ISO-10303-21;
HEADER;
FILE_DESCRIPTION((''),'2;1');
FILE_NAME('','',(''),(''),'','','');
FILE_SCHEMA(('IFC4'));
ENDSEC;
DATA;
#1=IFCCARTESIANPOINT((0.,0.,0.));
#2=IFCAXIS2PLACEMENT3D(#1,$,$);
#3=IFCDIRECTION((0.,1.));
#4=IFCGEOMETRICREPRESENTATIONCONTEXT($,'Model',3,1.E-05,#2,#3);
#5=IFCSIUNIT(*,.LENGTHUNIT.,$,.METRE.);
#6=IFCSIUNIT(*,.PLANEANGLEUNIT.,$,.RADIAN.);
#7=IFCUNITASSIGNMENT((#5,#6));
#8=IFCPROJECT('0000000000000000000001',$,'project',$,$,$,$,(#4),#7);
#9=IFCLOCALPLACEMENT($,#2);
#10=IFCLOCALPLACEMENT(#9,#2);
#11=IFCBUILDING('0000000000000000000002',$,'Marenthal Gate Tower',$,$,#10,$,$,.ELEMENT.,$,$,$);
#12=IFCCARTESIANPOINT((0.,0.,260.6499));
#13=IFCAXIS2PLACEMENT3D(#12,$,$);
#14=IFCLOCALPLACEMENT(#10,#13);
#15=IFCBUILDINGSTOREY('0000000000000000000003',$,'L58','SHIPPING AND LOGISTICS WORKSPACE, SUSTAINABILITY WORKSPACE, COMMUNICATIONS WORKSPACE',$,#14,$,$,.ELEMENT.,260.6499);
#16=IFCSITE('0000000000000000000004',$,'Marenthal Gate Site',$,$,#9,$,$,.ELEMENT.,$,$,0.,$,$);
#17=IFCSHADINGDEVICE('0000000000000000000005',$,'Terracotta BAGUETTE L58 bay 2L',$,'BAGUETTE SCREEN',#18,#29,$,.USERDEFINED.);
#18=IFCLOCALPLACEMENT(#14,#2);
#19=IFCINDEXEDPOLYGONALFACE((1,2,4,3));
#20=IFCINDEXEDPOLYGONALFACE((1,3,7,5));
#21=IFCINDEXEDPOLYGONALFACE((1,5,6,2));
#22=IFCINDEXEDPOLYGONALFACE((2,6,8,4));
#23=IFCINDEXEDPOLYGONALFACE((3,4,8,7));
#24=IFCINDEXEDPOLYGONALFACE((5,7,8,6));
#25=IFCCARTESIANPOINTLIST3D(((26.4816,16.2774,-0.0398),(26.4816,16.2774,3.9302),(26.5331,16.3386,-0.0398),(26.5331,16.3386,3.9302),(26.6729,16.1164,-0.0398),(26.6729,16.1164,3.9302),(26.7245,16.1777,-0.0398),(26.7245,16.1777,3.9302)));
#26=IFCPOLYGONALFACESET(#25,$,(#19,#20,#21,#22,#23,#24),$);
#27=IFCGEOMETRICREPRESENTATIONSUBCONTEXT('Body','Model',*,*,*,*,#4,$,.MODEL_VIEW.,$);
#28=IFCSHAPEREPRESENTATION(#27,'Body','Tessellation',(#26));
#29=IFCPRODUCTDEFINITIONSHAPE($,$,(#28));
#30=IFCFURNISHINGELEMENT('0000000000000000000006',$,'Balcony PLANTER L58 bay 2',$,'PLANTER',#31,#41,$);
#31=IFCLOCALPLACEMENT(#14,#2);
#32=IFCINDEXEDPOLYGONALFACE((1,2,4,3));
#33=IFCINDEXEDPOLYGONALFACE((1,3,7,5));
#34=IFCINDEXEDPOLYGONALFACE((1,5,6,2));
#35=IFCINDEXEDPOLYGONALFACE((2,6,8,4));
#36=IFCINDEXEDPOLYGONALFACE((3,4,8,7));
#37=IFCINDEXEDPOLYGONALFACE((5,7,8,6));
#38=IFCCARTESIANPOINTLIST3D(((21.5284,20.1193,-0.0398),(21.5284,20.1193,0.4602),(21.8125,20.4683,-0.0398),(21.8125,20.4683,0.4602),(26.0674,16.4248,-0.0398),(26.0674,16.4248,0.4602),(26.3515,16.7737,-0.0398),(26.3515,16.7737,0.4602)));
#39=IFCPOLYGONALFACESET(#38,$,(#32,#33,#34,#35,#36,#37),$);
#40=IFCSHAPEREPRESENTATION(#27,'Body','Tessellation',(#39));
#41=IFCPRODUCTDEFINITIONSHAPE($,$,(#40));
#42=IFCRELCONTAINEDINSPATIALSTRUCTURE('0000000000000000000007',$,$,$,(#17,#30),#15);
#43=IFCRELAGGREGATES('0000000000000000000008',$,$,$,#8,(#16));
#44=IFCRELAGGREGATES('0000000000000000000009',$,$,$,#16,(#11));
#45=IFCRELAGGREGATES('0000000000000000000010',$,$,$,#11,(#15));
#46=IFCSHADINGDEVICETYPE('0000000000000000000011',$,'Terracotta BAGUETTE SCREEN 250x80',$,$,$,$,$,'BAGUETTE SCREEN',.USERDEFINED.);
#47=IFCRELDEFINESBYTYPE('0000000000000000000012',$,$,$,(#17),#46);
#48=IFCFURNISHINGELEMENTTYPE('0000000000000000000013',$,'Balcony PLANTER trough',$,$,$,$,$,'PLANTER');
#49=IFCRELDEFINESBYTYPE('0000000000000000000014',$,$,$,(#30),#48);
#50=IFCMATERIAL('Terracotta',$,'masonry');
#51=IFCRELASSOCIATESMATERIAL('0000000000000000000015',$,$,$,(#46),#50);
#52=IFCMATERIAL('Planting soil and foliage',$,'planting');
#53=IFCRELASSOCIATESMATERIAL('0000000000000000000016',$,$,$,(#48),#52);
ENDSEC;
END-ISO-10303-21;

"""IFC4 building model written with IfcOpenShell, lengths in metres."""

from ifc_helpers import new_model, si_unit, direction, frame, origin, origin_2d, place, context, subcontext, project, spatial, rectangle, extrude, material, material_profile, profile_set, type_object, element, save


model = new_model("IFC4")

# Units and contexts
model_context = context("Model", 3, precision=1e-05, world=origin(), true_north=direction((0.0, 1.0)))
body_context = subcontext(model_context, "Body", "Model", "MODEL_VIEW")
ifc_project = project(units=[si_unit("LENGTHUNIT", "METRE"), si_unit("PLANEANGLEUNIT", "RADIAN")], contexts=[model_context])

# Site, building, storey
site_placement = place(None, origin())
site = spatial("IfcSite", under=ifc_project, at=site_placement, Name="Marenthal Gate Site", CompositionType="ELEMENT", RefElevation=0.0)
building_placement = place(site_placement, origin())
building = spatial("IfcBuilding", under=site, at=building_placement, Name="Marenthal Gate Tower", CompositionType="ELEMENT")
storey_placement = place(building_placement, frame((0.0, 0.0, 260.6499)))
storey = spatial("IfcBuildingStorey", under=building, at=storey_placement, Name="L58", Description="SHIPPING AND LOGISTICS WORKSPACE, SUSTAINABILITY WORKSPACE, COMMUNICATIONS WORKSPACE", CompositionType="ELEMENT", Elevation=260.6499)

# Shading device
ifc_material_1 = material(Name="Terracotta", Category="masonry")
ifc_material_profile_1 = material_profile(ifc_material_1, rectangle(XDim=0.25, YDim=0.0801, at=origin_2d()), Name="Terracotta baguette 250x80")
ifc_profile_set_1 = profile_set([ifc_material_profile_1], Name="Terracotta")
shading_device_type = type_object("IfcShadingDeviceType", Name="Terracotta BAGUETTE SCREEN 250x80", ElementType="BAGUETTE SCREEN", PredefinedType="USERDEFINED", material=ifc_profile_set_1)
shading_device_placement = place(storey_placement, frame((26.603, 16.2275, -0.0398), z_axis=(0.0, 0.0, 1.0), x_axis=(-0.765301, 0.643672, 0.0)))
element("IfcShadingDevice", 1, at=shading_device_placement, inside=storey, type_object=shading_device_type, Name="Terracotta BAGUETTE L58 bay 2L", ObjectType="BAGUETTE SCREEN", PredefinedType="USERDEFINED", context=body_context, shape_type="SweptSolid", body=[
    extrude(rectangle(XDim=0.25, YDim=0.0801, at=origin_2d()), origin(), (0.0, 0.0, 1.0), 3.97),
])

# Furnishing element
ifc_material_2 = material(Name="Planting soil and foliage", Category="planting")
furnishing_element_type = type_object("IfcFurnishingElementType", Name="Balcony PLANTER trough", ElementType="PLANTER", material=ifc_material_2)
furnishing_placement = place(storey_placement, frame((23.9399, 18.4465, -0.0398), z_axis=(0.0, 0.0, 1.0), x_axis=(-0.775557, 0.631278, 0.0)))
element("IfcFurnishingElement", 2, at=furnishing_placement, inside=storey, type_object=furnishing_element_type, Name="Balcony PLANTER L58 bay 2", ObjectType="PLANTER", context=body_context, shape_type="SweptSolid", body=[
    extrude(rectangle(XDim=5.8525, YDim=0.45, at=origin_2d()), origin(), (0.0, 0.0, 1.0), 0.5),
])

save(model, "model.ifc")
